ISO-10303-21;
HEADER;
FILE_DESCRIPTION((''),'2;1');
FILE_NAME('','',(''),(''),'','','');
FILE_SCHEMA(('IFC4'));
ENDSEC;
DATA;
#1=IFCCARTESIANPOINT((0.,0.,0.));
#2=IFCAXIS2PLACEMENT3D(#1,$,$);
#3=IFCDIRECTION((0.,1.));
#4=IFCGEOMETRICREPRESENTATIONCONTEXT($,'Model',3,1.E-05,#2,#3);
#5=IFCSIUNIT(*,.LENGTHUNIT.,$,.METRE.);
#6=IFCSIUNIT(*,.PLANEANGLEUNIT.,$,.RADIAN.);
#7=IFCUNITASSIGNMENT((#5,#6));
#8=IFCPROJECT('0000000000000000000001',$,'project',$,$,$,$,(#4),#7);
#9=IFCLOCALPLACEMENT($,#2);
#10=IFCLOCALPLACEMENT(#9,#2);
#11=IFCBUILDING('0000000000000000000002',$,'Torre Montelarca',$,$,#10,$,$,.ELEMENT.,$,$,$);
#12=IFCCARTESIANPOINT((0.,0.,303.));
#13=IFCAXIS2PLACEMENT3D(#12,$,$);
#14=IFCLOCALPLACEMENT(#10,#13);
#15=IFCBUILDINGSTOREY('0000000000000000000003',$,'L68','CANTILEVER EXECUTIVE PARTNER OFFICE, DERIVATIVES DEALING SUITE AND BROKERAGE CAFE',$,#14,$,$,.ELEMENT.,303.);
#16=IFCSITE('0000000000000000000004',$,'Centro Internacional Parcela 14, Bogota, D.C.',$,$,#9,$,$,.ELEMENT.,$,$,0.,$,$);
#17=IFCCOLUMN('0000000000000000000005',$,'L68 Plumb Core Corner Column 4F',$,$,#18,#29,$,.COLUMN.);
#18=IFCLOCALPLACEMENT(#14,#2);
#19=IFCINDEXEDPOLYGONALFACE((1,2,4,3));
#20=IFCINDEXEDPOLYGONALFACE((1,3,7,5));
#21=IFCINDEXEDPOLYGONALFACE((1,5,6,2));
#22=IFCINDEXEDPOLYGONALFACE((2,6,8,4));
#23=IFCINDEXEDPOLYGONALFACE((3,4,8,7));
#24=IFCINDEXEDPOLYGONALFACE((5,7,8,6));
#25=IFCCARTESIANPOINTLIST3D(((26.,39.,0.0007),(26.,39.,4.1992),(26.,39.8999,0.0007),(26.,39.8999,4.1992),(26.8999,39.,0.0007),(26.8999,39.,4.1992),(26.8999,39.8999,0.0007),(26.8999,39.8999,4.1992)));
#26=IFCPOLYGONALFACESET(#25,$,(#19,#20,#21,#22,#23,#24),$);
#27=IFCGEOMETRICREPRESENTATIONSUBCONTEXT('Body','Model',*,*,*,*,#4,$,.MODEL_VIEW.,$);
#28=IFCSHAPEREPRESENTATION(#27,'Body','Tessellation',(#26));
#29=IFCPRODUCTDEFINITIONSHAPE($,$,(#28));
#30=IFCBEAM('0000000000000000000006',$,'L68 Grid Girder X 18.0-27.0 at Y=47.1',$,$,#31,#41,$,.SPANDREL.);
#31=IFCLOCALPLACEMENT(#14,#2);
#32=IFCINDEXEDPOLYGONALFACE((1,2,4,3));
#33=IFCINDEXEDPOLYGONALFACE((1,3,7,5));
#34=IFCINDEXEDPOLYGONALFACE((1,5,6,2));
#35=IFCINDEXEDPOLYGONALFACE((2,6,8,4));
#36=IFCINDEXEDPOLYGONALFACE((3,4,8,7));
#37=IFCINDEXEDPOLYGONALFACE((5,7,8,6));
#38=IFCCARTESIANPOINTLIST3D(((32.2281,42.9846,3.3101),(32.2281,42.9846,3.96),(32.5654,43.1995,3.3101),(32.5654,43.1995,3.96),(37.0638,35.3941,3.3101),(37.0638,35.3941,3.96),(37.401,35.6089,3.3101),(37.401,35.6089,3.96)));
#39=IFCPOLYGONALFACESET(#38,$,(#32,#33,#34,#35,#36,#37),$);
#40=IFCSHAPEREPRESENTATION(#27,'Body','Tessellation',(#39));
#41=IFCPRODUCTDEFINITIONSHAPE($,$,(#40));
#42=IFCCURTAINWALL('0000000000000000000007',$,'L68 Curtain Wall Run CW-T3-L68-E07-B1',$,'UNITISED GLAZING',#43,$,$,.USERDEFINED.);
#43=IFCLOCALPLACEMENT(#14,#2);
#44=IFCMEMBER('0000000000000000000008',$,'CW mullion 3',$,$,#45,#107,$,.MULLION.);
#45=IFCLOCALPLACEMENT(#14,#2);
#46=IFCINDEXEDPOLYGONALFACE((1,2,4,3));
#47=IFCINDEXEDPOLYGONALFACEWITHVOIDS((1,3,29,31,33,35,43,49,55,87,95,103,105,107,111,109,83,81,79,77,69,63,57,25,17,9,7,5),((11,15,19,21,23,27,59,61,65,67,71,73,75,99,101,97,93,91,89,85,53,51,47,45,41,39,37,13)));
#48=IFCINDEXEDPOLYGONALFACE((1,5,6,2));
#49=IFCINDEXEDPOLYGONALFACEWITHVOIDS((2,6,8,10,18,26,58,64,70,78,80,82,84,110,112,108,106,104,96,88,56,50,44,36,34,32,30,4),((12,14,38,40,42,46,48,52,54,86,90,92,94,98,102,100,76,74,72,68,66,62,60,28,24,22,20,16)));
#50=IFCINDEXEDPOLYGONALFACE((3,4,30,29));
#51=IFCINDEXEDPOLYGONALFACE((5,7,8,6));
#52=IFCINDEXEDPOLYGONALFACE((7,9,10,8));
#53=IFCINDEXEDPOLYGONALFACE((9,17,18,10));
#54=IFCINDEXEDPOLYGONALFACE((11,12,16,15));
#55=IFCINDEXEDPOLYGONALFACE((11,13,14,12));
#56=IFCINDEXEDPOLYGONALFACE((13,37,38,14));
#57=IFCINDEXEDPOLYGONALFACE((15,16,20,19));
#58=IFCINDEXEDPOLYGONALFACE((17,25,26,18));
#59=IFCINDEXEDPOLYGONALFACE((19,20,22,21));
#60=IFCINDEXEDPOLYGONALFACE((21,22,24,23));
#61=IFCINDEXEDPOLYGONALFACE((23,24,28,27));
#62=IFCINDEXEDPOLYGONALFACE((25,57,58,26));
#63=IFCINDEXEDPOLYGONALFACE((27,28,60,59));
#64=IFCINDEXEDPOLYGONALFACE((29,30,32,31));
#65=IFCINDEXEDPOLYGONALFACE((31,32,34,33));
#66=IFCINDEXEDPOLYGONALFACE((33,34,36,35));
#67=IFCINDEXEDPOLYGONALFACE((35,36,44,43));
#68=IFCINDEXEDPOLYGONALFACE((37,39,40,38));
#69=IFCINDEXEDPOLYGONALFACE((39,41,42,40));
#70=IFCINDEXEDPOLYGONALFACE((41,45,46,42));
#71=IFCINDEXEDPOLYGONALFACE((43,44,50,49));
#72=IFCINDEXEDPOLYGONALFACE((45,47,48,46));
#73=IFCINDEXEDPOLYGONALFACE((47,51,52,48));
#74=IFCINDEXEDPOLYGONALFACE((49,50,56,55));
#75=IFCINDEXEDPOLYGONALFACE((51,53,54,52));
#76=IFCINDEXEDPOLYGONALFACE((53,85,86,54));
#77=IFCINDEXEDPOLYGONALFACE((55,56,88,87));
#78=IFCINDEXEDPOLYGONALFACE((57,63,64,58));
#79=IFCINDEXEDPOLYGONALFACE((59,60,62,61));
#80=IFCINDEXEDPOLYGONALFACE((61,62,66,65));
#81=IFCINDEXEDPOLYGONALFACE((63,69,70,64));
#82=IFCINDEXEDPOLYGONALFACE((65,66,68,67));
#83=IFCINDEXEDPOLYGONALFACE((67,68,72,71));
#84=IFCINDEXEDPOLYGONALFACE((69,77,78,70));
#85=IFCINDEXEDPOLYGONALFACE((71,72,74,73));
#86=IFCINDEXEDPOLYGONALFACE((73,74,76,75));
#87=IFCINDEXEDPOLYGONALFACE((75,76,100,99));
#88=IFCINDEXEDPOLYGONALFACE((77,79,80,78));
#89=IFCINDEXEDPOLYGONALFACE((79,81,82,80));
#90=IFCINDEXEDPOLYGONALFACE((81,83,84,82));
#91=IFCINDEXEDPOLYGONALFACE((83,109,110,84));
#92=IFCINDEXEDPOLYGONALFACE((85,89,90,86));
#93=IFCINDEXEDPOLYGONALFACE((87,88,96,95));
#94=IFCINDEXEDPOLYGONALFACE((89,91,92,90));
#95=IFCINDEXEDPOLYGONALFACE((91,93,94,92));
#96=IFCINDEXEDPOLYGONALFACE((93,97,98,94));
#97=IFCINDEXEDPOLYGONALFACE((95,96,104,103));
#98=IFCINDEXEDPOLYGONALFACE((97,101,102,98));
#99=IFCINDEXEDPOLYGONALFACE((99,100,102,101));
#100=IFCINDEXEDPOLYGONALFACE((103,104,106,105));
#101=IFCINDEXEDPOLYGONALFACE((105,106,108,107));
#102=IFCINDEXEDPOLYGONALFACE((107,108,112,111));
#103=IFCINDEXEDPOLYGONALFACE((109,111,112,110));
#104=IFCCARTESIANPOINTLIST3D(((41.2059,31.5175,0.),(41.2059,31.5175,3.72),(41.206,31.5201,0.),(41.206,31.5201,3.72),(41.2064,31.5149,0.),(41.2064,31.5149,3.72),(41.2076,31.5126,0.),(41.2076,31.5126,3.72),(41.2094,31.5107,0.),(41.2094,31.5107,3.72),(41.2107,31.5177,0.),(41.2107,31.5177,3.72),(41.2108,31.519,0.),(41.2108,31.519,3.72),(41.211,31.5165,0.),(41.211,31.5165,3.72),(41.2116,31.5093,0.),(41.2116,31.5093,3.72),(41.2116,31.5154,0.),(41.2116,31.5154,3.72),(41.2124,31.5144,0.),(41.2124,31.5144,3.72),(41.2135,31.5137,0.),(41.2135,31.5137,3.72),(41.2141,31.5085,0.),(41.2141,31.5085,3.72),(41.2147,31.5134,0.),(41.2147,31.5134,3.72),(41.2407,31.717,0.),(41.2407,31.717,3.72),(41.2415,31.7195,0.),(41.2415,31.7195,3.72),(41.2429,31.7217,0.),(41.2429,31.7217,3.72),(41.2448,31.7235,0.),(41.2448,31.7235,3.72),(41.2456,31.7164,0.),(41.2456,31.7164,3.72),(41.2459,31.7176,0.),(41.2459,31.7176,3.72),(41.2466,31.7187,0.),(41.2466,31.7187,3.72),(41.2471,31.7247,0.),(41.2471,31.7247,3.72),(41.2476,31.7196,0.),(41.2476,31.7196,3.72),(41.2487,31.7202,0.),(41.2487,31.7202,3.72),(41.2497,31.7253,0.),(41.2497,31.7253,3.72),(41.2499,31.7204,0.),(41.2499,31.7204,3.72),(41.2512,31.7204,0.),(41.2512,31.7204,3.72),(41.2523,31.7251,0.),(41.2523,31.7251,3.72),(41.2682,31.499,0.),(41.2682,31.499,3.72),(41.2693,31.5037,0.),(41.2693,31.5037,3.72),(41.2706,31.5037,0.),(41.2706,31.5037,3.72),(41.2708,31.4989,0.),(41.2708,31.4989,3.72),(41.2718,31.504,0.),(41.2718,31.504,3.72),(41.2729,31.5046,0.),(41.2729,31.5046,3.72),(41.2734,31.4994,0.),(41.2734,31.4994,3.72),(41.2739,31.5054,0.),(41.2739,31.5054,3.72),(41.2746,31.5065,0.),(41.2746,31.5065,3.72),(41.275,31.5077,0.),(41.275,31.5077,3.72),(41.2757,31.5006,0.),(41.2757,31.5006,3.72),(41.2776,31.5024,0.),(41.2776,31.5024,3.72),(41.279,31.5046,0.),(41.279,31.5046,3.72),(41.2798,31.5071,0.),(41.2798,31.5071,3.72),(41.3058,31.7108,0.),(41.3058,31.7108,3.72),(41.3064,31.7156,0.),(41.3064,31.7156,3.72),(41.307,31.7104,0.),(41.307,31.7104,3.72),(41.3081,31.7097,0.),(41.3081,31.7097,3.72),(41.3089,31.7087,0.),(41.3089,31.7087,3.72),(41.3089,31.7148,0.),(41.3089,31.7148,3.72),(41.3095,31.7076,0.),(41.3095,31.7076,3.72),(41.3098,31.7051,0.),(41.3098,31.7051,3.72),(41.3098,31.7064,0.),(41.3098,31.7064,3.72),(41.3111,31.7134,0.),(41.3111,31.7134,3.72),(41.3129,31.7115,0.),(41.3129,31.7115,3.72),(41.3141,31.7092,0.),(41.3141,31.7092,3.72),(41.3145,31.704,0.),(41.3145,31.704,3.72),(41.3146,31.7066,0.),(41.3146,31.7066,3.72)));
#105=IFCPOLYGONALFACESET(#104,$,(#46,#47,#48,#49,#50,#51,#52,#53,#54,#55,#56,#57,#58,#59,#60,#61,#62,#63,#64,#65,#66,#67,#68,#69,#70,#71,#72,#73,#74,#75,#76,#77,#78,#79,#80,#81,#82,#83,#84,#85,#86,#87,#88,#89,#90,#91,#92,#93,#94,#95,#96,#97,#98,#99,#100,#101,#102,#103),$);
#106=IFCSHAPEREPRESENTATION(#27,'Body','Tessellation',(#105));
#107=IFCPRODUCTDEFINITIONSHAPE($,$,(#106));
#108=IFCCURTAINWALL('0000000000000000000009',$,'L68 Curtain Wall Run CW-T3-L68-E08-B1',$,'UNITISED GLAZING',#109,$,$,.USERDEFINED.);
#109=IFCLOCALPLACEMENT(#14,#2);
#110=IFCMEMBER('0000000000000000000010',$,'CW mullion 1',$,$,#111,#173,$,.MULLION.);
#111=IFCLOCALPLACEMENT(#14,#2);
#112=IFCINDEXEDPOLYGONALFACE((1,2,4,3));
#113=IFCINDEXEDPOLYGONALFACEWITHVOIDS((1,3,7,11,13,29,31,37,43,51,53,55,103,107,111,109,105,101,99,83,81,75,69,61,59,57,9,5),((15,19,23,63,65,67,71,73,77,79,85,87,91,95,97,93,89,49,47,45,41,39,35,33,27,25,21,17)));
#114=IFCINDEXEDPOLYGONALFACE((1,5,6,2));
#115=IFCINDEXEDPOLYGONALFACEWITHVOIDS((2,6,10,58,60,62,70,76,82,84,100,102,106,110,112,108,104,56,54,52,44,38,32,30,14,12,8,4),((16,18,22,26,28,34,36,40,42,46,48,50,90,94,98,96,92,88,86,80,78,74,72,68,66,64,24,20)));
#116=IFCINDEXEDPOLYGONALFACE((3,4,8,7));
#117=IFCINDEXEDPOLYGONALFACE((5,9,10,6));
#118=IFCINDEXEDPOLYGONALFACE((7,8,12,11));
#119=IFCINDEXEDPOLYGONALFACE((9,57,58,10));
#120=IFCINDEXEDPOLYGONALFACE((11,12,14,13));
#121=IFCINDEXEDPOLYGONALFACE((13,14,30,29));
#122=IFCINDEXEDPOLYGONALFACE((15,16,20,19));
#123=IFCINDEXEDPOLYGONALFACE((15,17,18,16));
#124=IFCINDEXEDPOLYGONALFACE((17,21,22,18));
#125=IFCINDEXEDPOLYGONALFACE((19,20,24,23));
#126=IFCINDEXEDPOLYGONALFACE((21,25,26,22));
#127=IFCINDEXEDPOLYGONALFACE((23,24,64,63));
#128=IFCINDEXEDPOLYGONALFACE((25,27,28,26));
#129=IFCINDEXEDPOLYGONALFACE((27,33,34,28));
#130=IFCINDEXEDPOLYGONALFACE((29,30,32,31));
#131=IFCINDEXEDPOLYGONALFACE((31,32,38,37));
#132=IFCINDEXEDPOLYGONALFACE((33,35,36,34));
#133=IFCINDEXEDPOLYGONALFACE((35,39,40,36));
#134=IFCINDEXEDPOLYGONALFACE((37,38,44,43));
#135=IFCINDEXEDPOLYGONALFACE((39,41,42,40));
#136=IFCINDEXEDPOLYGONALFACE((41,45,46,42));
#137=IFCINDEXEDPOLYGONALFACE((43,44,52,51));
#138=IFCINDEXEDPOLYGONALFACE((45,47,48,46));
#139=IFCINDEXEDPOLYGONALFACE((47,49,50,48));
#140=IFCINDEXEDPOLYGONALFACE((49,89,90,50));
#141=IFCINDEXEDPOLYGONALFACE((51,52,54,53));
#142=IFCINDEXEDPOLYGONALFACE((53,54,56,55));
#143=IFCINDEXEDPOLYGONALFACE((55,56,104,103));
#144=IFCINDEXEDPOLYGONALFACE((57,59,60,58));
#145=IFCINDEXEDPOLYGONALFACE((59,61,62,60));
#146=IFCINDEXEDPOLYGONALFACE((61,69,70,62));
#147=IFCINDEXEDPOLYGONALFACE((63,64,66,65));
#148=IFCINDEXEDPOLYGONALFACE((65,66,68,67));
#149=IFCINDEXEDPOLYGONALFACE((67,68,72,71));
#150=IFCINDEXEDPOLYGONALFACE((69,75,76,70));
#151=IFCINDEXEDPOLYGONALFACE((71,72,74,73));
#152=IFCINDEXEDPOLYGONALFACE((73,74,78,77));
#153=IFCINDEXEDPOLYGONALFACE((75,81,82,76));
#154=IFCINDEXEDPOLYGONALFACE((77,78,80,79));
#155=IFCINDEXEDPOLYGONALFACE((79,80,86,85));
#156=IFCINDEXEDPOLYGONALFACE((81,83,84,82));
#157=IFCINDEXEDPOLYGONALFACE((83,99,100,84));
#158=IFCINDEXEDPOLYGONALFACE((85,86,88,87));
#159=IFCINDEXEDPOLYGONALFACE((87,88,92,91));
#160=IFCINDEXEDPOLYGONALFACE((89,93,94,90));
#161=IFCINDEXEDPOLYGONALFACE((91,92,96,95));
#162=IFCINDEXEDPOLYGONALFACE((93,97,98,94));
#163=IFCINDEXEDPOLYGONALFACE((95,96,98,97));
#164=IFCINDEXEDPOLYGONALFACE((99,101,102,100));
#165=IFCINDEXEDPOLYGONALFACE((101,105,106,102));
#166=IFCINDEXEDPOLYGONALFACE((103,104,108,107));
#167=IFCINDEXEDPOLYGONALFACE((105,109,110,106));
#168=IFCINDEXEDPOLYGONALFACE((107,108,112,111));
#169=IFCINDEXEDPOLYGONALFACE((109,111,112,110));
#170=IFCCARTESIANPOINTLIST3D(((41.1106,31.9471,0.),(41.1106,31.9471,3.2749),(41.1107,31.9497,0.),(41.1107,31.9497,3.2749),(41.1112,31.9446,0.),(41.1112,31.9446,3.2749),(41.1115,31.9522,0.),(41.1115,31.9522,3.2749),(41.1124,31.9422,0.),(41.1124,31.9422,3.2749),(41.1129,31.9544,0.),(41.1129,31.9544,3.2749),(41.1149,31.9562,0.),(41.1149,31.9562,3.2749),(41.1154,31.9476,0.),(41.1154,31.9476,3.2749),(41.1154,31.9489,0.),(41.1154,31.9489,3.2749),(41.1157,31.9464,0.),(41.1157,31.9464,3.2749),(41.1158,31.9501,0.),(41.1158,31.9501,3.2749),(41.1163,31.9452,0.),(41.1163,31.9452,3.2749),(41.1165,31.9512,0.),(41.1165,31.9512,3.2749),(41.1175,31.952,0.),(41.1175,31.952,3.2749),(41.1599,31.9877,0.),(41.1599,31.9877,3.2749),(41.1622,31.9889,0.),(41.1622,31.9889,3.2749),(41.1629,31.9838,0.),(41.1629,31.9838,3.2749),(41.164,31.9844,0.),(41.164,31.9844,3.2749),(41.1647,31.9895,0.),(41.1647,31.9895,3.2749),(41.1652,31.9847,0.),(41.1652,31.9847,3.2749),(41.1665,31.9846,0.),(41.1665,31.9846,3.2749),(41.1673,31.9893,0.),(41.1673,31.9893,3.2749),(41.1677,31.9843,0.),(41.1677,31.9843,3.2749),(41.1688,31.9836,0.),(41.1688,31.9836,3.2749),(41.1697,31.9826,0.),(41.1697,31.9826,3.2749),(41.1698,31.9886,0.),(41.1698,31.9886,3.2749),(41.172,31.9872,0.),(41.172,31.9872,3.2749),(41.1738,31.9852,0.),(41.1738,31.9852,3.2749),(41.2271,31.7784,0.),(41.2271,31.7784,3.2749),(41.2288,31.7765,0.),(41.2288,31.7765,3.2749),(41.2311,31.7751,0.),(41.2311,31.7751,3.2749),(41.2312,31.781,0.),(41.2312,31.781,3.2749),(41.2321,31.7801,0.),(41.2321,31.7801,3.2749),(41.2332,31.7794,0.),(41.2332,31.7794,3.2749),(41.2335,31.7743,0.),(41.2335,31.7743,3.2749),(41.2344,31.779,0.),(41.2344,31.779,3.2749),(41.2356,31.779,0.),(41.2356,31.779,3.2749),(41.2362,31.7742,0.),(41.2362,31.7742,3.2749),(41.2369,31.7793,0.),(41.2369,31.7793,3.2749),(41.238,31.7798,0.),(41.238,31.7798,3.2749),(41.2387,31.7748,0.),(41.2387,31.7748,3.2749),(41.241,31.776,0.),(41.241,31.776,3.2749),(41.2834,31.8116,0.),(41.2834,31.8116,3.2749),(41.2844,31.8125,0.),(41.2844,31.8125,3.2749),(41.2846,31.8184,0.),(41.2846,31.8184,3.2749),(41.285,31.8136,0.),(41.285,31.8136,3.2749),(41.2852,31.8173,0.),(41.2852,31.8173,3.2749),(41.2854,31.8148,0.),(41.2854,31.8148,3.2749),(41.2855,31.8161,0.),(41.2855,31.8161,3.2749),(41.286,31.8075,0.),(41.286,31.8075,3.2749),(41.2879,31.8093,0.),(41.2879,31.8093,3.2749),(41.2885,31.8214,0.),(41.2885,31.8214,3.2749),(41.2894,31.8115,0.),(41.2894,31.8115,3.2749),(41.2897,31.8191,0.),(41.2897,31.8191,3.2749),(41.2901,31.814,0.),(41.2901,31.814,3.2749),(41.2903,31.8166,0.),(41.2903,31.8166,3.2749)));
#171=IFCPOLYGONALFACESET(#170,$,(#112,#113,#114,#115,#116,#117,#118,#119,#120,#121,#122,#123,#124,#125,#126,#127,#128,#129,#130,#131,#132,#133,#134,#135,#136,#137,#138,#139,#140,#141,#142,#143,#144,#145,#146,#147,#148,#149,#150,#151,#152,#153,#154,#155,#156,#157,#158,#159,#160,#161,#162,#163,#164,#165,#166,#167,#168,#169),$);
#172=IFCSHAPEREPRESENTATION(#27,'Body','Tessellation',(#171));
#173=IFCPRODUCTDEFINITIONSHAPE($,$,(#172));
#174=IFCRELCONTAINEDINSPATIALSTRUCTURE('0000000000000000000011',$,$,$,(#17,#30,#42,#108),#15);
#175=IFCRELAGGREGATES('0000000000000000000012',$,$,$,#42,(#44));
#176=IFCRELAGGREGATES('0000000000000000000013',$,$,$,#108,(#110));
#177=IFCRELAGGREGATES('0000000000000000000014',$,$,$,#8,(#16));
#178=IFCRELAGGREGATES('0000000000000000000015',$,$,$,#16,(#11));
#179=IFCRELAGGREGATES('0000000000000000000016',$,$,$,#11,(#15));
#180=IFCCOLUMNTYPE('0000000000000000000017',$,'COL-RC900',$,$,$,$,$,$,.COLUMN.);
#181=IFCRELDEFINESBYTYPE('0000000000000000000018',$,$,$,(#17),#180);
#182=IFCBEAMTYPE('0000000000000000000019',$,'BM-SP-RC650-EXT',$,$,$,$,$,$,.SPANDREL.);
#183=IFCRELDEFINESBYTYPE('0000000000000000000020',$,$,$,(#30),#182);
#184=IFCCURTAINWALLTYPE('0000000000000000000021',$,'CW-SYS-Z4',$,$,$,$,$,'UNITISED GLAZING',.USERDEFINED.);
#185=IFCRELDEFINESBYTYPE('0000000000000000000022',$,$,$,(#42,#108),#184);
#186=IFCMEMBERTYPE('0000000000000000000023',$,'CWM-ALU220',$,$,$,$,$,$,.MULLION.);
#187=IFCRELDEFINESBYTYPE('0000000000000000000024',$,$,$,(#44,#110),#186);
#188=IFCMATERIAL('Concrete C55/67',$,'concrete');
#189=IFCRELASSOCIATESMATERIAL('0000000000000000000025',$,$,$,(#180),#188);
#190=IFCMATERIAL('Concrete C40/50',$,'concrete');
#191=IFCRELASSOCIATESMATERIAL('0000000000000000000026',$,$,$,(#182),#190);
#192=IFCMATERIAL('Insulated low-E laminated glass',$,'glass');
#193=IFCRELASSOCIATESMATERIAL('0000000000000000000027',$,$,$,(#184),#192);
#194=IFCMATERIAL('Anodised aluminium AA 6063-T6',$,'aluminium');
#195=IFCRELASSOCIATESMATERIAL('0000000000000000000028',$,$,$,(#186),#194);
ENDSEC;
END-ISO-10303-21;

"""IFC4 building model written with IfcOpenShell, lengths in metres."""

from ifc_helpers import new_model, si_unit, direction, frame, origin, origin_2d, place, context, subcontext, project, spatial, rectangle, hollow_rectangle, extrude, source, transform, mapped, material, material_profile, profile_set, type_object, element, aggregate, save


model = new_model("IFC4")

# Units and contexts
model_context = context("Model", 3, precision=1e-05, world=origin(), true_north=direction((0.0, 1.0)))
body_context = subcontext(model_context, "Body", "Model", "MODEL_VIEW")
ifc_project = project(units=[si_unit("LENGTHUNIT", "METRE"), si_unit("PLANEANGLEUNIT", "RADIAN")], contexts=[model_context])

# Site, building, storey
site_placement = place(None, origin())
site = spatial("IfcSite", under=ifc_project, at=site_placement, Name="Centro Internacional Parcela 14, Bogota, D.C.", CompositionType="ELEMENT", RefElevation=0.0)
building_placement = place(site_placement, origin())
building = spatial("IfcBuilding", under=site, at=building_placement, Name="Torre Montelarca", CompositionType="ELEMENT")
storey_placement = place(building_placement, frame((0.0, 0.0, 303.0)))
storey = spatial("IfcBuildingStorey", under=building, at=storey_placement, Name="L68", Description="CANTILEVER EXECUTIVE PARTNER OFFICE, DERIVATIVES DEALING SUITE AND BROKERAGE CAFE", CompositionType="ELEMENT", Elevation=303.0)

# Column
ifc_material_1 = material(Name="Concrete C55/67", Category="concrete")
ifc_material_profile_1 = material_profile(ifc_material_1, rectangle(XDim=0.8999, YDim=0.8999, at=origin_2d()), Name="RC900X900", Category="concrete")
ifc_profile_set_1 = profile_set([ifc_material_profile_1], Name="Concrete C55/67")
column_type_1 = type_object("IfcColumnType", Name="COL-RC900", PredefinedType="COLUMN", material=ifc_profile_set_1)
shared_shape_1 = source(origin(), body_context, "Body", "SweptSolid", [
    extrude(rectangle(XDim=0.8999, YDim=0.8999, at=origin_2d()), origin(), (0.0, 0.0, 1.0), 4.1985),
])
column_1_placement = place(storey_placement, frame((26.45, 39.45, 0.0007), z_axis=(0.0, 0.0, 1.0), x_axis=(1.0, 0.0, 0.0)))
element("IfcColumn", 1, at=column_1_placement, inside=storey, type_object=column_type_1, Name="L68 Plumb Core Corner Column 4F", PredefinedType="COLUMN", context=body_context, shape_type="MappedRepresentation", body=[
    mapped(shared_shape_1, transform((0.0, 0.0, 0.0), scale=1.0)),
])

# Beam
ifc_material_2 = material(Name="Concrete C40/50", Category="concrete")
ifc_material_profile_2 = material_profile(ifc_material_2, rectangle(XDim=0.3999, YDim=0.6499, at=origin_2d()), Name="RCB400X650", Category="concrete")
ifc_profile_set_2 = profile_set([ifc_material_profile_2], Name="Concrete C40/50")
beam_type = type_object("IfcBeamType", Name="BM-SP-RC650-EXT", PredefinedType="SPANDREL", material=ifc_profile_set_2)
shared_shape_2 = source(origin(), body_context, "Body", "SweptSolid", [
    extrude(rectangle(XDim=0.3999, YDim=0.6499, at=origin_2d()), origin(), (0.0, 0.0, 1.0), 9.0),
])
beam_placement = place(storey_placement, frame((32.3967, 43.092, 3.635), z_axis=(0.537297, -0.843393, 0.0), x_axis=(0.843393, 0.537297, 0.0)))
element("IfcBeam", 2, at=beam_placement, inside=storey, type_object=beam_type, Name="L68 Grid Girder X 18.0-27.0 at Y=47.1", PredefinedType="SPANDREL", context=body_context, shape_type="MappedRepresentation", body=[
    mapped(shared_shape_2, transform((0.0, 0.0, 0.0), scale=1.0)),
])

# Curtain wall, member
ifc_material_3 = material(Name="Insulated low-E laminated glass", Category="glass")
curtain_wall_type = type_object("IfcCurtainWallType", Name="CW-SYS-Z4", ElementType="UNITISED GLAZING", PredefinedType="USERDEFINED", material=ifc_material_3)
curtain_wall_1_placement = place(storey_placement, origin())
curtain_wall_1 = element("IfcCurtainWall", 3, at=curtain_wall_1_placement, inside=storey, type_object=curtain_wall_type, Name="L68 Curtain Wall Run CW-T3-L68-E07-B1", ObjectType="UNITISED GLAZING", PredefinedType="USERDEFINED")
ifc_material_4 = material(Name="Anodised aluminium AA 6063-T6", Category="aluminium")
ifc_material_profile_3 = material_profile(ifc_material_4, hollow_rectangle(XDim=0.075, YDim=0.22, WallThickness=0.0049, InnerFilletRadius=0.0049, OuterFilletRadius=0.01, at=origin_2d()), Name="ALU75X220X5", Category="aluminium")
ifc_profile_set_3 = profile_set([ifc_material_profile_3], Name="Anodised aluminium AA 6063-T6")
member_type_1 = type_object("IfcMemberType", Name="CWM-ALU220", PredefinedType="MULLION", material=ifc_profile_set_3)
shared_shape_3 = source(origin(), body_context, "Body", "SweptSolid", [
    extrude(hollow_rectangle(XDim=0.075, YDim=0.22, WallThickness=0.0049, InnerFilletRadius=0.0049, OuterFilletRadius=0.01, at=origin_2d()), origin(), (0.0, 0.0, 1.0), 3.72),
])
member_1_placement = place(storey_placement, frame((41.2603, 31.6121, 0.0), z_axis=(0.0, 0.0, 1.0), x_axis=(-0.984814, 0.173612, 0.0)))
member_1 = element("IfcMember", 4, at=member_1_placement, type_object=member_type_1, Name="CW mullion 3", PredefinedType="MULLION", context=body_context, shape_type="MappedRepresentation", body=[
    mapped(shared_shape_3, transform((0.0, 0.0, 0.0), scale=1.0)),
])
aggregate(curtain_wall_1, [member_1])

# Curtain wall, member
curtain_wall_2_placement = place(storey_placement, origin())
curtain_wall_2 = element("IfcCurtainWall", 5, at=curtain_wall_2_placement, inside=storey, type_object=curtain_wall_type, Name="L68 Curtain Wall Run CW-T3-L68-E08-B1", ObjectType="UNITISED GLAZING", PredefinedType="USERDEFINED")
shared_shape_4 = source(origin(), body_context, "Body", "SweptSolid", [
    extrude(hollow_rectangle(XDim=0.075, YDim=0.22, WallThickness=0.0049, InnerFilletRadius=0.0049, OuterFilletRadius=0.01, at=origin_2d()), origin(), (0.0, 0.0, 1.0), 3.2749),
])
member_2_placement = place(storey_placement, frame((41.2004, 31.8818, 0.0), z_axis=(0.0, 0.0, 1.0), x_axis=(-0.819159, -0.573567, 0.0)))
member_2 = element("IfcMember", 6, at=member_2_placement, type_object=member_type_1, Name="CW mullion 1", PredefinedType="MULLION", context=body_context, shape_type="MappedRepresentation", body=[
    mapped(shared_shape_4, transform((0.0, 0.0, 0.0), scale=1.0)),
])
aggregate(curtain_wall_2, [member_2])

save(model, "model.ifc")
